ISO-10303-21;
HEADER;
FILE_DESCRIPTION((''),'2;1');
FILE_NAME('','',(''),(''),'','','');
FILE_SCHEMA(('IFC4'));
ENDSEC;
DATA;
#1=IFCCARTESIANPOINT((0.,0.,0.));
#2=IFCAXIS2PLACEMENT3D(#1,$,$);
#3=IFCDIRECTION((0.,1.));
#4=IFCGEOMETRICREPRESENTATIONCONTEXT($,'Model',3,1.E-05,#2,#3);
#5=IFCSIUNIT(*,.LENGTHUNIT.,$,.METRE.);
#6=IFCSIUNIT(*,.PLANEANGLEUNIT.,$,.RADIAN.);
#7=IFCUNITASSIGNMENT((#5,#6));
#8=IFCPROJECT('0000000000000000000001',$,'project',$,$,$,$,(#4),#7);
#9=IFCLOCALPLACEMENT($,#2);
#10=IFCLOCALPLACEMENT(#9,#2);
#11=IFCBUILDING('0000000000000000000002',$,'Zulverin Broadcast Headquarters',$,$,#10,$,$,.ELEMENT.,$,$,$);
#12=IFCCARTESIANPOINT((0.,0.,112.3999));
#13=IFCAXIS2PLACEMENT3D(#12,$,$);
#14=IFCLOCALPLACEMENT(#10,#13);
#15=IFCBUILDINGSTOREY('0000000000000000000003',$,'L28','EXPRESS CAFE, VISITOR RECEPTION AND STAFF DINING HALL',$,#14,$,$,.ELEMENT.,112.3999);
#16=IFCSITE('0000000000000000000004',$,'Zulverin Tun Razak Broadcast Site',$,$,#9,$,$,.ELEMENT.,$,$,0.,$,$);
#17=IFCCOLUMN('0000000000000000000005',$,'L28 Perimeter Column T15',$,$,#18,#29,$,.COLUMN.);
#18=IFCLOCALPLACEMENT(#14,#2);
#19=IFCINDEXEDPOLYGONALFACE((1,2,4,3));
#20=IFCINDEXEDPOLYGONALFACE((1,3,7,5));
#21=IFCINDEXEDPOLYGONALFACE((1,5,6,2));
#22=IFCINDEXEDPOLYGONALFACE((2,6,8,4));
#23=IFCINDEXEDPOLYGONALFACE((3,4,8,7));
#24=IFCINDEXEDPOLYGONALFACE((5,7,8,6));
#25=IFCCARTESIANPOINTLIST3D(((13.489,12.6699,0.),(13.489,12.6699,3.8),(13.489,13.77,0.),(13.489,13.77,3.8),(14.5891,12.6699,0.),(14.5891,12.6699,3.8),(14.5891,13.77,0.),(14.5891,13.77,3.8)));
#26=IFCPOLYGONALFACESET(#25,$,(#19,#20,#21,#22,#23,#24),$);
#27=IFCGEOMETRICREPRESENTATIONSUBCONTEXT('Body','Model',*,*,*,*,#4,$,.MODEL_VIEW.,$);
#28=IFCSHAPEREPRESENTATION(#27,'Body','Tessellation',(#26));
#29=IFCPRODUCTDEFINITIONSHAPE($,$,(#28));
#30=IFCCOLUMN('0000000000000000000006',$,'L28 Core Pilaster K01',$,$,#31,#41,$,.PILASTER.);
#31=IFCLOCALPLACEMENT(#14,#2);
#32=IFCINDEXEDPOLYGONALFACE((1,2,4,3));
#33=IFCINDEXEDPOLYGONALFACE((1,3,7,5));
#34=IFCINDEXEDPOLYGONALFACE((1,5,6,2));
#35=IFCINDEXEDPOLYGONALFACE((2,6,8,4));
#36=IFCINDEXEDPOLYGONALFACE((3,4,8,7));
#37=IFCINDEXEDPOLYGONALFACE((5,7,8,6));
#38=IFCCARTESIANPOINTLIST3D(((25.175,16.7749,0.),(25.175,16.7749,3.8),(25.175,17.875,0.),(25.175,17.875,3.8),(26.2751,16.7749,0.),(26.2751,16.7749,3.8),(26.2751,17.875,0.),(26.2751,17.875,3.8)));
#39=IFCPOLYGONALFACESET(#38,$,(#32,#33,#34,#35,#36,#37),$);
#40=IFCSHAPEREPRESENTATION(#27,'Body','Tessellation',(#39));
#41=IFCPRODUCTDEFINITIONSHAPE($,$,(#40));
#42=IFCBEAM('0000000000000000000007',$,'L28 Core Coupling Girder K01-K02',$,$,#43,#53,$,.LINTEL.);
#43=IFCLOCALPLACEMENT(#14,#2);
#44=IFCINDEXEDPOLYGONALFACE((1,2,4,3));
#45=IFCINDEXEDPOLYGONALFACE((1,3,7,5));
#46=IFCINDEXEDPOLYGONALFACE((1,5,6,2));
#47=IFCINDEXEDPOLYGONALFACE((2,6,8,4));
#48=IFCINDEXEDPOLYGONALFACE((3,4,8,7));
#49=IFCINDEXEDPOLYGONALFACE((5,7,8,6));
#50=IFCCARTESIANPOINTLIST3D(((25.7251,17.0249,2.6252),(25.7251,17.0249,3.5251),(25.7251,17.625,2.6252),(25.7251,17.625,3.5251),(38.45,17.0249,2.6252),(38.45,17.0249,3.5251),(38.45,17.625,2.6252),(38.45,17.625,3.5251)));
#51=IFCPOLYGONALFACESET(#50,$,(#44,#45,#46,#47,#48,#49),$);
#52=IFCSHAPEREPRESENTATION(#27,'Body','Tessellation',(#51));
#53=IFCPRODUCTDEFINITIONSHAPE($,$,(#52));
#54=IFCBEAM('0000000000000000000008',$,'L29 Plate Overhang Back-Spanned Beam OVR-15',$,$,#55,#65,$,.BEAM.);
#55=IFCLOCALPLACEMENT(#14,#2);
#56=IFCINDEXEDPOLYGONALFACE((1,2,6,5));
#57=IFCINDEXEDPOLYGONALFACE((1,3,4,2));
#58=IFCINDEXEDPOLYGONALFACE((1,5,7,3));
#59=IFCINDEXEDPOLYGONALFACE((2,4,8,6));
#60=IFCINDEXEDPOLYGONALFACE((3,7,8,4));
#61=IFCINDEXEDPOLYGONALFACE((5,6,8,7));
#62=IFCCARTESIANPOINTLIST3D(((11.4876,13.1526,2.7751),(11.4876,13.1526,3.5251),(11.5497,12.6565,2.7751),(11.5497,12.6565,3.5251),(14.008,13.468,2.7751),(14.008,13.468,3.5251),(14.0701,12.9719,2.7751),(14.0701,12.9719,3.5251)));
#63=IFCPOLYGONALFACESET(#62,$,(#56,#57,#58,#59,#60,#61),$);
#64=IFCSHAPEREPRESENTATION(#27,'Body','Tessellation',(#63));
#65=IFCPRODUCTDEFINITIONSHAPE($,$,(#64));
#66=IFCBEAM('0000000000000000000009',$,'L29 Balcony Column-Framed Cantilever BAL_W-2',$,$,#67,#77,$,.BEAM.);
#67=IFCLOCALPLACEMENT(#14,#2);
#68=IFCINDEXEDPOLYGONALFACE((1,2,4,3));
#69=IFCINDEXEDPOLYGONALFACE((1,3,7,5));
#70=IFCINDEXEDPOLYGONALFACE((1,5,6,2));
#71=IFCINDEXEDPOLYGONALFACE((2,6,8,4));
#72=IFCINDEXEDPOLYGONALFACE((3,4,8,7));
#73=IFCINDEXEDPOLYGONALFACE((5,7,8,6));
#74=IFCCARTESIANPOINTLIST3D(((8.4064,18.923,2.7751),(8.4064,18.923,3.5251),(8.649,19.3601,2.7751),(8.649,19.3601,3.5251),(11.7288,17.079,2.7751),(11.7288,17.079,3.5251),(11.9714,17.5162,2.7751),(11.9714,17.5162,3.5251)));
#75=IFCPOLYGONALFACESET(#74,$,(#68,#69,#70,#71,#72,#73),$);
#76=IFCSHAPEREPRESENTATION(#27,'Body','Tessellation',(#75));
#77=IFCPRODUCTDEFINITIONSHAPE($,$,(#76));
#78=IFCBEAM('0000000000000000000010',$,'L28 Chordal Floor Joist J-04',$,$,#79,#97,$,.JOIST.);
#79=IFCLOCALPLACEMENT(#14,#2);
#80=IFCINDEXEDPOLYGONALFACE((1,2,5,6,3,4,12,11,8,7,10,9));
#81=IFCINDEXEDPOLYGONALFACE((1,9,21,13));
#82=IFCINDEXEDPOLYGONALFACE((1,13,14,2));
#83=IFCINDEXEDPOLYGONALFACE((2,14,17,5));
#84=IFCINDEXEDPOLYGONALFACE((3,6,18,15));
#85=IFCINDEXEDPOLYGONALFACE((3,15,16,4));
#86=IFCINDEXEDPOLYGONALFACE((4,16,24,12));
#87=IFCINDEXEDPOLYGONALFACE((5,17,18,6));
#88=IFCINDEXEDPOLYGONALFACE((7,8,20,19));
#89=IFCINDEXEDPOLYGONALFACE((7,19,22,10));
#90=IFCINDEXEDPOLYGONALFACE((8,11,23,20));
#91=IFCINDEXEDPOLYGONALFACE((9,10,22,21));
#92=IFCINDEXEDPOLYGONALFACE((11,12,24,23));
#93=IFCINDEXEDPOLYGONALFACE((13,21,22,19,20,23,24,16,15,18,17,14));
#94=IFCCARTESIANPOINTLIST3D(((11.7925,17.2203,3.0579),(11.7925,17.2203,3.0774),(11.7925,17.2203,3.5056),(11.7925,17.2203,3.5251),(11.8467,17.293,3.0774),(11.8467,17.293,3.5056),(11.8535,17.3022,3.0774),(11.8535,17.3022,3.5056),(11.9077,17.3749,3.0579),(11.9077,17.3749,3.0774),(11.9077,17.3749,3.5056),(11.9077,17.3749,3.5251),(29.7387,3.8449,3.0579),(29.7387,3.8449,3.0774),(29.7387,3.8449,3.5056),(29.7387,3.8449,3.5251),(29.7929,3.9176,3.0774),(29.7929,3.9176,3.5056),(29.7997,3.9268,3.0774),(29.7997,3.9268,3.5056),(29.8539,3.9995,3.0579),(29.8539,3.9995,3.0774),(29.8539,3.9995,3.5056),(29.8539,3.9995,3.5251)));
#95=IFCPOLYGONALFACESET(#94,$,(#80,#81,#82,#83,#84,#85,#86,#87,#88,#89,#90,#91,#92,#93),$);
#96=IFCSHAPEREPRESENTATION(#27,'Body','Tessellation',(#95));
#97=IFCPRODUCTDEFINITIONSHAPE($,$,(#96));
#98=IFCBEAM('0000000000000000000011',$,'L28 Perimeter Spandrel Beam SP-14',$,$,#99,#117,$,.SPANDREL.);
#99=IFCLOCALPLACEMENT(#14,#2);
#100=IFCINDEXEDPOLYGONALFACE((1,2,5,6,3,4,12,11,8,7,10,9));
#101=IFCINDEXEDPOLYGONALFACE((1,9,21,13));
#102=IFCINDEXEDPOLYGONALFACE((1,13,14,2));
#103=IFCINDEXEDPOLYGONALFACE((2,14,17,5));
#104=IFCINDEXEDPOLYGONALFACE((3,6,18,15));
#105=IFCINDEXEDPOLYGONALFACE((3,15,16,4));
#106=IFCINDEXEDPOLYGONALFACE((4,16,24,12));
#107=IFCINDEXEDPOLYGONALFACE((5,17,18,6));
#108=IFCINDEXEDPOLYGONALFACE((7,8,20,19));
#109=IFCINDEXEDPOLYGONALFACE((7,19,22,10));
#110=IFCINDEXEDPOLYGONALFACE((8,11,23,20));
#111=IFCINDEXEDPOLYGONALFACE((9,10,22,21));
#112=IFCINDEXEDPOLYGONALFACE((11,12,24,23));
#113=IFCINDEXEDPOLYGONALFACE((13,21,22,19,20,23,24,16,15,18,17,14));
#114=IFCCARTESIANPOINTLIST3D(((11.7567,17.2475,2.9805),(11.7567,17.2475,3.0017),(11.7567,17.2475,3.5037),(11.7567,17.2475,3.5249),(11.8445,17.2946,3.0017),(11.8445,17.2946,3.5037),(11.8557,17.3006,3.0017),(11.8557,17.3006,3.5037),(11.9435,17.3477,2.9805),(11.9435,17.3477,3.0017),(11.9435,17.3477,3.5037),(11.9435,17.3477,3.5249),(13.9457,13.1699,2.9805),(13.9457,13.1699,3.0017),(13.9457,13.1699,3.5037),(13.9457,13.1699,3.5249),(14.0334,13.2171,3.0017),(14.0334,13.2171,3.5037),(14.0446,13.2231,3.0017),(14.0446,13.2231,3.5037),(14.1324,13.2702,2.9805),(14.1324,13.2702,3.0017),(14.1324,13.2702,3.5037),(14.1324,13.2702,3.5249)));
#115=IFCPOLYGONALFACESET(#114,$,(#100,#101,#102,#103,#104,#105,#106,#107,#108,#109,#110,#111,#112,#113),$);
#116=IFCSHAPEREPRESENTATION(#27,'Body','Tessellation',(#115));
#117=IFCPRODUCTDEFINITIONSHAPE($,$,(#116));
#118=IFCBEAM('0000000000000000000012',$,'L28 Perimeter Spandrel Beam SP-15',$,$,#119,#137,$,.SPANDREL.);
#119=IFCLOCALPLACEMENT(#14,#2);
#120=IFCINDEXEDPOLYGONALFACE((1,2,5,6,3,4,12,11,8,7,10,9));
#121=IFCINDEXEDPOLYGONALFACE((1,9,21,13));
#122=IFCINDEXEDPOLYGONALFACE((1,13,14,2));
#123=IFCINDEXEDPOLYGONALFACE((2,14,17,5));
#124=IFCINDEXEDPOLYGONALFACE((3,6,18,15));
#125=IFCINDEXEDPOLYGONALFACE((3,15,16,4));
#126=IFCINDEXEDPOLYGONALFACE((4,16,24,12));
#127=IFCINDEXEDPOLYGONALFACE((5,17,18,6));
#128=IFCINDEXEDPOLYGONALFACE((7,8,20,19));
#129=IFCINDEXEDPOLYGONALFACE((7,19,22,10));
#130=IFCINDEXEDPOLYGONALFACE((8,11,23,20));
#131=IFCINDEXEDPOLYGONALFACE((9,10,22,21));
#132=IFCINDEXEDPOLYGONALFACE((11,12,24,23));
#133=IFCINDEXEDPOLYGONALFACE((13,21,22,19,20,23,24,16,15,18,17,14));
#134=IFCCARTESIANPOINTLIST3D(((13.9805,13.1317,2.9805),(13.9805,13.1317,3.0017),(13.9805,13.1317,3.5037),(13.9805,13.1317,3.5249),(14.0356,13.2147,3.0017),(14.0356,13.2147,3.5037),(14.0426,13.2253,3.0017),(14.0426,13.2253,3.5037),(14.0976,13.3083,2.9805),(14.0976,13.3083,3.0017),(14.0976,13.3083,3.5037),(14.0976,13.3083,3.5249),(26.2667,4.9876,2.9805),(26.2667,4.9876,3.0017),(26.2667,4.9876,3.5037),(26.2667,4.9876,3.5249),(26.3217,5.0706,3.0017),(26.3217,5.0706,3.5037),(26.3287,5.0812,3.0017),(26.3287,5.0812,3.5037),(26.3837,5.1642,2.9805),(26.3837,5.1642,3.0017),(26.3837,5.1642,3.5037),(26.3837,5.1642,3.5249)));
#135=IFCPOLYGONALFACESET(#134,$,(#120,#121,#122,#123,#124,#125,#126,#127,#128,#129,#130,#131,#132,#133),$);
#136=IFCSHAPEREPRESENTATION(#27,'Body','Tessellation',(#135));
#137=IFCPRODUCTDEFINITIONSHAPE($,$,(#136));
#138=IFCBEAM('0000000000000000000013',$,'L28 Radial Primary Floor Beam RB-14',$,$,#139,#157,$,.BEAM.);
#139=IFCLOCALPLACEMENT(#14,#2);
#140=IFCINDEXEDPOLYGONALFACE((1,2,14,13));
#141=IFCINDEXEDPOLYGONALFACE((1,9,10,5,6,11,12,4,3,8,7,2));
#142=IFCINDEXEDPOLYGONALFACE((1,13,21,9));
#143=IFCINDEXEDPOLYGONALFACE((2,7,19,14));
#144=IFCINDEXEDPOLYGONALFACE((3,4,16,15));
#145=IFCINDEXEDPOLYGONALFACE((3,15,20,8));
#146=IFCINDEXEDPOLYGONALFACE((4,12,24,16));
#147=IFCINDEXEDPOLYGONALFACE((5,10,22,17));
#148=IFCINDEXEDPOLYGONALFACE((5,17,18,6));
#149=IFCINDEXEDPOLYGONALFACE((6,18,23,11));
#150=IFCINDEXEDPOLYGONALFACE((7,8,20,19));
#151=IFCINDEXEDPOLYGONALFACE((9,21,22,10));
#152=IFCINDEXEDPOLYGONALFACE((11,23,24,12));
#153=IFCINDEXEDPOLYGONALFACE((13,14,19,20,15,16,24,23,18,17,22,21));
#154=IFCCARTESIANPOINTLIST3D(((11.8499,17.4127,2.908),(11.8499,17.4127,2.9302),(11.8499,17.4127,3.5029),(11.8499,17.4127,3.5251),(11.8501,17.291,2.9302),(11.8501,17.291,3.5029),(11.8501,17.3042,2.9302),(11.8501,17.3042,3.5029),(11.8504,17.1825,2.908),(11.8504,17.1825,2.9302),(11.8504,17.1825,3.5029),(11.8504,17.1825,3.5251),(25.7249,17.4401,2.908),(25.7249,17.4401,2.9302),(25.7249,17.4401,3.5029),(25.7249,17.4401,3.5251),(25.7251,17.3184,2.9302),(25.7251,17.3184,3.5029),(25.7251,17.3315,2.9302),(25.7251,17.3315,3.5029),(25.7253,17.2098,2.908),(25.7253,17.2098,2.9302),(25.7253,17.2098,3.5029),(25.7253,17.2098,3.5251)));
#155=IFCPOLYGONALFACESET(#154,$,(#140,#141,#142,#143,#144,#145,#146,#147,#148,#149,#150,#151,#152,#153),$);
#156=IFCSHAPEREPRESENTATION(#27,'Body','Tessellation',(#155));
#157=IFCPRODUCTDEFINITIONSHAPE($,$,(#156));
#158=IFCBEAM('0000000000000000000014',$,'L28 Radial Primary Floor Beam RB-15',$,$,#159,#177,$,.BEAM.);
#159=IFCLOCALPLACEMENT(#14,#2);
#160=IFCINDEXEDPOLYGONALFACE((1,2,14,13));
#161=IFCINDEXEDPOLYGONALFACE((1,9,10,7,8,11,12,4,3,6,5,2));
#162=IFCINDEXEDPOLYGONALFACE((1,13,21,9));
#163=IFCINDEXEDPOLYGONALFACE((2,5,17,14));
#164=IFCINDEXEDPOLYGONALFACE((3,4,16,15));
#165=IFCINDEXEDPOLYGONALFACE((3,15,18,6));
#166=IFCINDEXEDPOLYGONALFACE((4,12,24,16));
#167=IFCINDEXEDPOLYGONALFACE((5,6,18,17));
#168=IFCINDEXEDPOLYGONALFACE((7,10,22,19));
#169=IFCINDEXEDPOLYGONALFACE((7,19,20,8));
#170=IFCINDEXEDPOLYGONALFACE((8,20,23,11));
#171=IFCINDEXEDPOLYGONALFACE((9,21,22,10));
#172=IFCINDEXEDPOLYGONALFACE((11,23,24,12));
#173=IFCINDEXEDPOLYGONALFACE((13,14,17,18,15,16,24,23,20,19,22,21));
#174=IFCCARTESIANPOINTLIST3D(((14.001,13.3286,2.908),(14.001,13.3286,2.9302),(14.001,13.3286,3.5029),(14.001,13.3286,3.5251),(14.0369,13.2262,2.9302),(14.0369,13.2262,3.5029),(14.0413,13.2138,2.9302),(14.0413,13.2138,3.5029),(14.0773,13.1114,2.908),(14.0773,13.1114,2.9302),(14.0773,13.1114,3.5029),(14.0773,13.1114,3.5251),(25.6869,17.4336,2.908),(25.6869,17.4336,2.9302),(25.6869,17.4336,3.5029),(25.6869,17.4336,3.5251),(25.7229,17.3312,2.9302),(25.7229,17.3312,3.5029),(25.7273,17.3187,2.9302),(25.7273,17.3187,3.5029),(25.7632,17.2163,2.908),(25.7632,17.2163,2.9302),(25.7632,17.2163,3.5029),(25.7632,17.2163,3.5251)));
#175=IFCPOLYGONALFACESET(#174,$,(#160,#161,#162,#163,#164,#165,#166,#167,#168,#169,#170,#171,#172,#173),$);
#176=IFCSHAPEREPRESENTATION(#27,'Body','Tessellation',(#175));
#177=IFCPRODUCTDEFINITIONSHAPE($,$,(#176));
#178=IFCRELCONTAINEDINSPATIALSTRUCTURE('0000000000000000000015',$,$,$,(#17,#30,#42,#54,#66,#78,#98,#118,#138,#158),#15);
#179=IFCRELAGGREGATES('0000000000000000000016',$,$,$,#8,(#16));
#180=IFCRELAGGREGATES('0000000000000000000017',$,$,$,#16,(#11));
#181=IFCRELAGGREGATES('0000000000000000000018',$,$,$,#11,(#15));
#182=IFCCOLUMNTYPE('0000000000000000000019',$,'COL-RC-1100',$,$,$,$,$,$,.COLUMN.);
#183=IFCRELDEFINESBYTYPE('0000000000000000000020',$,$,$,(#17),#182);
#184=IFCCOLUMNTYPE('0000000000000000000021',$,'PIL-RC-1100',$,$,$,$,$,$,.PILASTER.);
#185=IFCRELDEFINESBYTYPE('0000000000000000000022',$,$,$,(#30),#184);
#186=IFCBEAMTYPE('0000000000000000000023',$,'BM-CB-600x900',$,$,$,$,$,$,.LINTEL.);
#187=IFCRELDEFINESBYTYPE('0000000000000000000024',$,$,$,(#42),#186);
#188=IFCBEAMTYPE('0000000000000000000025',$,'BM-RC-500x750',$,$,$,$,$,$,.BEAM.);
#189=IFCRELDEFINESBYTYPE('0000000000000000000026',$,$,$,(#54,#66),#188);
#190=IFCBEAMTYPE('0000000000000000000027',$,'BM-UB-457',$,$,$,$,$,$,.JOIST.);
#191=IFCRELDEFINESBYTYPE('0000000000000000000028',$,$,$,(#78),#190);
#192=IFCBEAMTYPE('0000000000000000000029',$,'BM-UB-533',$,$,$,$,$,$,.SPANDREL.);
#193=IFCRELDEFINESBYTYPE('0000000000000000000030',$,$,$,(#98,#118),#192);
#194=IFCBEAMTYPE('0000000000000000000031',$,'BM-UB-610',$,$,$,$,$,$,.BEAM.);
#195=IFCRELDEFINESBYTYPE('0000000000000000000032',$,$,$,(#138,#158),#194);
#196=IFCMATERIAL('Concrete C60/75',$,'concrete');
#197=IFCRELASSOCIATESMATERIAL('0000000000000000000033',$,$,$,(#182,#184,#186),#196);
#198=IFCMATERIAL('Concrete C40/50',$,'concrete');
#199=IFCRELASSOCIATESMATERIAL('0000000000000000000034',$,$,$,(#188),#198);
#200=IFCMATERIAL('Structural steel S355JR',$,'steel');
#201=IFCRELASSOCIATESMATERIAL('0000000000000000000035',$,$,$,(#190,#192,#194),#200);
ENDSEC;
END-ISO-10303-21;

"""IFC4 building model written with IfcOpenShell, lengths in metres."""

from ifc_helpers import new_model, si_unit, direction, frame, origin, origin_2d, place, context, subcontext, project, spatial, rectangle, i_section, extrude, material, material_profile, profile_set, type_object, element, save


model = new_model("IFC4")

# Units and contexts
model_context = context("Model", 3, precision=1e-05, world=origin(), true_north=direction((0.0, 1.0)))
body_context = subcontext(model_context, "Body", "Model", "MODEL_VIEW")
ifc_project = project(units=[si_unit("LENGTHUNIT", "METRE"), si_unit("PLANEANGLEUNIT", "RADIAN")], contexts=[model_context])

# Site, building, storey
site_placement = place(None, origin())
site = spatial("IfcSite", under=ifc_project, at=site_placement, Name="Zulverin Tun Razak Broadcast Site", CompositionType="ELEMENT", RefElevation=0.0)
building_placement = place(site_placement, origin())
building = spatial("IfcBuilding", under=site, at=building_placement, Name="Zulverin Broadcast Headquarters", CompositionType="ELEMENT")
storey_placement = place(building_placement, frame((0.0, 0.0, 112.3999)))
storey = spatial("IfcBuildingStorey", under=building, at=storey_placement, Name="L28", Description="EXPRESS CAFE, VISITOR RECEPTION AND STAFF DINING HALL", CompositionType="ELEMENT", Elevation=112.3999)

# Columns
ifc_material_1 = material(Name="Concrete C60/75", Category="concrete")
ifc_material_profile_1 = material_profile(ifc_material_1, rectangle(XDim=1.1001, YDim=1.1001, at=origin_2d()), Name="Concrete C60/75", Category="concrete")
ifc_profile_set_1 = profile_set([ifc_material_profile_1], Name="Concrete C60/75")
column_type_1 = type_object("IfcColumnType", Name="COL-RC-1100", PredefinedType="COLUMN", material=ifc_profile_set_1)
column_1_placement = place(storey_placement, frame((14.0391, 13.22, 0.0), z_axis=(0.0, 0.0, 1.0), x_axis=(1.0, 0.0, 0.0)))
element("IfcColumn", 1, at=column_1_placement, inside=storey, type_object=column_type_1, Name="L28 Perimeter Column T15", PredefinedType="COLUMN", context=body_context, shape_type="SweptSolid", body=[
    extrude(rectangle(XDim=1.1001, YDim=1.1001, at=origin_2d()), origin(), (0.0, 0.0, 1.0), 3.8),
])
ifc_material_profile_2 = material_profile(ifc_material_1, rectangle(XDim=1.1001, YDim=1.1001, at=origin_2d()), Name="Concrete C60/75", Category="concrete")
ifc_profile_set_2 = profile_set([ifc_material_profile_2], Name="Concrete C60/75")
column_type_2 = type_object("IfcColumnType", Name="PIL-RC-1100", PredefinedType="PILASTER", material=ifc_profile_set_2)
column_2_placement = place(storey_placement, frame((25.7251, 17.325, 0.0), z_axis=(0.0, 0.0, 1.0), x_axis=(1.0, 0.0, 0.0)))
element("IfcColumn", 2, at=column_2_placement, inside=storey, type_object=column_type_2, Name="L28 Core Pilaster K01", PredefinedType="PILASTER", context=body_context, shape_type="SweptSolid", body=[
    extrude(rectangle(XDim=1.1001, YDim=1.1001, at=origin_2d()), origin(), (0.0, 0.0, 1.0), 3.8),
])

# Beams
ifc_material_profile_3 = material_profile(ifc_material_1, rectangle(XDim=0.6001, YDim=0.8999, at=origin_2d()), Name="Concrete C60/75", Category="concrete")
ifc_profile_set_3 = profile_set([ifc_material_profile_3], Name="Concrete C60/75")
beam_type_1 = type_object("IfcBeamType", Name="BM-CB-600x900", PredefinedType="LINTEL", material=ifc_profile_set_3)
beam_1_placement = place(storey_placement, frame((25.7251, 17.325, 3.0752), z_axis=(1.0, 0.0, 0.0), x_axis=(0.0, 1.0, 0.0)))
element("IfcBeam", 3, at=beam_1_placement, inside=storey, type_object=beam_type_1, Name="L28 Core Coupling Girder K01-K02", PredefinedType="LINTEL", context=body_context, shape_type="SweptSolid", body=[
    extrude(rectangle(XDim=0.6001, YDim=0.8999, at=origin_2d()), origin(), (0.0, 0.0, 1.0), 12.7249),
])
ifc_material_2 = material(Name="Concrete C40/50", Category="concrete")
ifc_material_profile_4 = material_profile(ifc_material_2, rectangle(XDim=0.5, YDim=0.75, at=origin_2d()), Name="Concrete C40/50", Category="concrete")
ifc_profile_set_4 = profile_set([ifc_material_profile_4], Name="Concrete C40/50")
beam_type_2 = type_object("IfcBeamType", Name="BM-RC-500x750", PredefinedType="BEAM", material=ifc_profile_set_4)
beam_2_placement = place(storey_placement, frame((14.0391, 13.22, 3.1501), z_axis=(-0.992259, -0.124189, 0.0), x_axis=(0.124189, -0.992259, 0.0)))
element("IfcBeam", 4, at=beam_2_placement, inside=storey, type_object=beam_type_2, Name="L29 Plate Overhang Back-Spanned Beam OVR-15", PredefinedType="BEAM", context=body_context, shape_type="SweptSolid", body=[
    extrude(rectangle(XDim=0.5, YDim=0.75, at=origin_2d()), origin(), (0.0, 0.0, 1.0), 2.54),
])
beam_3_placement = place(storey_placement, frame((11.8501, 17.2976, 3.1501), z_axis=(-0.874363, 0.485272, 0.0), x_axis=(-0.485272, -0.874363, 0.0)))
element("IfcBeam", 5, at=beam_3_placement, inside=storey, type_object=beam_type_2, Name="L29 Balcony Column-Framed Cantilever BAL_W-2", PredefinedType="BEAM", context=body_context, shape_type="SweptSolid", body=[
    extrude(rectangle(XDim=0.5, YDim=0.75, at=origin_2d()), origin(), (0.0, 0.0, 1.0), 3.7998),
])
ifc_material_3 = material(Name="Structural steel S355JR", Category="steel")
ifc_material_profile_5 = material_profile(ifc_material_3, i_section(OverallWidth=0.1929, OverallDepth=0.4673, WebThickness=0.0115, FlangeThickness=0.0195, at=origin_2d()), Name="Structural steel S355JR", Category="steel")
ifc_profile_set_5 = profile_set([ifc_material_profile_5], Name="Structural steel S355JR")
beam_type_3 = type_object("IfcBeamType", Name="BM-UB-457", PredefinedType="JOIST", material=ifc_profile_set_5)
beam_4_placement = place(storey_placement, frame((11.8501, 17.2976, 3.2915), z_axis=(0.801803, -0.597589, 0.0), x_axis=(0.597589, 0.801803, 0.0)))
element("IfcBeam", 6, at=beam_4_placement, inside=storey, type_object=beam_type_3, Name="L28 Chordal Floor Joist J-04", PredefinedType="JOIST", context=body_context, shape_type="SweptSolid", body=[
    extrude(i_section(OverallWidth=0.1929, OverallDepth=0.4673, WebThickness=0.0115, FlangeThickness=0.0195, at=origin_2d()), origin(), (0.0, 0.0, 1.0), 22.3823),
])
ifc_material_profile_6 = material_profile(ifc_material_3, i_section(OverallWidth=0.2119, OverallDepth=0.5444, WebThickness=0.0127, FlangeThickness=0.0212, at=origin_2d()), Name="Structural steel S355JR", Category="steel")
ifc_profile_set_6 = profile_set([ifc_material_profile_6], Name="Structural steel S355JR")
beam_type_4 = type_object("IfcBeamType", Name="BM-UB-533", PredefinedType="SPANDREL", material=ifc_profile_set_6)
beam_5_placement = place(storey_placement, frame((11.8501, 17.2976, 3.2527), z_axis=(0.47298, -0.881073, 0.0), x_axis=(0.881073, 0.47298, 0.0)))
element("IfcBeam", 7, at=beam_5_placement, inside=storey, type_object=beam_type_4, Name="L28 Perimeter Spandrel Beam SP-14", PredefinedType="SPANDREL", context=body_context, shape_type="SweptSolid", body=[
    extrude(i_section(OverallWidth=0.2119, OverallDepth=0.5444, WebThickness=0.0127, FlangeThickness=0.0212, at=origin_2d()), origin(), (0.0, 0.0, 1.0), 4.6279),
])
beam_6_placement = place(storey_placement, frame((14.0391, 13.22, 3.2527), z_axis=(0.83351, -0.552504, 0.0), x_axis=(0.552504, 0.83351, 0.0)))
element("IfcBeam", 8, at=beam_6_placement, inside=storey, type_object=beam_type_4, Name="L28 Perimeter Spandrel Beam SP-15", PredefinedType="SPANDREL", context=body_context, shape_type="SweptSolid", body=[
    extrude(i_section(OverallWidth=0.2119, OverallDepth=0.5444, WebThickness=0.0127, FlangeThickness=0.0212, at=origin_2d()), origin(), (0.0, 0.0, 1.0), 14.7402),
])
ifc_material_profile_7 = material_profile(ifc_material_3, i_section(OverallWidth=0.2302, OverallDepth=0.6172, WebThickness=0.0132, FlangeThickness=0.0222, at=origin_2d()), Name="Structural steel S355JR", Category="steel")
ifc_profile_set_7 = profile_set([ifc_material_profile_7], Name="Structural steel S355JR")
beam_type_5 = type_object("IfcBeamType", Name="BM-UB-610", PredefinedType="BEAM", material=ifc_profile_set_7)
beam_7_placement = place(storey_placement, frame((25.7251, 17.325, 3.2166), z_axis=(-0.999998, -0.001971, 0.0), x_axis=(0.001971, -0.999998, 0.0)))
element("IfcBeam", 9, at=beam_7_placement, inside=storey, type_object=beam_type_5, Name="L28 Radial Primary Floor Beam RB-14", PredefinedType="BEAM", context=body_context, shape_type="SweptSolid", body=[
    extrude(i_section(OverallWidth=0.2302, OverallDepth=0.6172, WebThickness=0.0132, FlangeThickness=0.0222, at=origin_2d()), origin(), (0.0, 0.0, 1.0), 13.875),
])
beam_8_placement = place(storey_placement, frame((25.7251, 17.325, 3.2166), z_axis=(-0.943483, -0.33142, 0.0), x_axis=(0.33142, -0.943483, 0.0)))
element("IfcBeam", 10, at=beam_8_placement, inside=storey, type_object=beam_type_5, Name="L28 Radial Primary Floor Beam RB-15", PredefinedType="BEAM", context=body_context, shape_type="SweptSolid", body=[
    extrude(i_section(OverallWidth=0.2302, OverallDepth=0.6172, WebThickness=0.0132, FlangeThickness=0.0222, at=origin_2d()), origin(), (0.0, 0.0, 1.0), 12.386),
])

save(model, "model.ifc")
